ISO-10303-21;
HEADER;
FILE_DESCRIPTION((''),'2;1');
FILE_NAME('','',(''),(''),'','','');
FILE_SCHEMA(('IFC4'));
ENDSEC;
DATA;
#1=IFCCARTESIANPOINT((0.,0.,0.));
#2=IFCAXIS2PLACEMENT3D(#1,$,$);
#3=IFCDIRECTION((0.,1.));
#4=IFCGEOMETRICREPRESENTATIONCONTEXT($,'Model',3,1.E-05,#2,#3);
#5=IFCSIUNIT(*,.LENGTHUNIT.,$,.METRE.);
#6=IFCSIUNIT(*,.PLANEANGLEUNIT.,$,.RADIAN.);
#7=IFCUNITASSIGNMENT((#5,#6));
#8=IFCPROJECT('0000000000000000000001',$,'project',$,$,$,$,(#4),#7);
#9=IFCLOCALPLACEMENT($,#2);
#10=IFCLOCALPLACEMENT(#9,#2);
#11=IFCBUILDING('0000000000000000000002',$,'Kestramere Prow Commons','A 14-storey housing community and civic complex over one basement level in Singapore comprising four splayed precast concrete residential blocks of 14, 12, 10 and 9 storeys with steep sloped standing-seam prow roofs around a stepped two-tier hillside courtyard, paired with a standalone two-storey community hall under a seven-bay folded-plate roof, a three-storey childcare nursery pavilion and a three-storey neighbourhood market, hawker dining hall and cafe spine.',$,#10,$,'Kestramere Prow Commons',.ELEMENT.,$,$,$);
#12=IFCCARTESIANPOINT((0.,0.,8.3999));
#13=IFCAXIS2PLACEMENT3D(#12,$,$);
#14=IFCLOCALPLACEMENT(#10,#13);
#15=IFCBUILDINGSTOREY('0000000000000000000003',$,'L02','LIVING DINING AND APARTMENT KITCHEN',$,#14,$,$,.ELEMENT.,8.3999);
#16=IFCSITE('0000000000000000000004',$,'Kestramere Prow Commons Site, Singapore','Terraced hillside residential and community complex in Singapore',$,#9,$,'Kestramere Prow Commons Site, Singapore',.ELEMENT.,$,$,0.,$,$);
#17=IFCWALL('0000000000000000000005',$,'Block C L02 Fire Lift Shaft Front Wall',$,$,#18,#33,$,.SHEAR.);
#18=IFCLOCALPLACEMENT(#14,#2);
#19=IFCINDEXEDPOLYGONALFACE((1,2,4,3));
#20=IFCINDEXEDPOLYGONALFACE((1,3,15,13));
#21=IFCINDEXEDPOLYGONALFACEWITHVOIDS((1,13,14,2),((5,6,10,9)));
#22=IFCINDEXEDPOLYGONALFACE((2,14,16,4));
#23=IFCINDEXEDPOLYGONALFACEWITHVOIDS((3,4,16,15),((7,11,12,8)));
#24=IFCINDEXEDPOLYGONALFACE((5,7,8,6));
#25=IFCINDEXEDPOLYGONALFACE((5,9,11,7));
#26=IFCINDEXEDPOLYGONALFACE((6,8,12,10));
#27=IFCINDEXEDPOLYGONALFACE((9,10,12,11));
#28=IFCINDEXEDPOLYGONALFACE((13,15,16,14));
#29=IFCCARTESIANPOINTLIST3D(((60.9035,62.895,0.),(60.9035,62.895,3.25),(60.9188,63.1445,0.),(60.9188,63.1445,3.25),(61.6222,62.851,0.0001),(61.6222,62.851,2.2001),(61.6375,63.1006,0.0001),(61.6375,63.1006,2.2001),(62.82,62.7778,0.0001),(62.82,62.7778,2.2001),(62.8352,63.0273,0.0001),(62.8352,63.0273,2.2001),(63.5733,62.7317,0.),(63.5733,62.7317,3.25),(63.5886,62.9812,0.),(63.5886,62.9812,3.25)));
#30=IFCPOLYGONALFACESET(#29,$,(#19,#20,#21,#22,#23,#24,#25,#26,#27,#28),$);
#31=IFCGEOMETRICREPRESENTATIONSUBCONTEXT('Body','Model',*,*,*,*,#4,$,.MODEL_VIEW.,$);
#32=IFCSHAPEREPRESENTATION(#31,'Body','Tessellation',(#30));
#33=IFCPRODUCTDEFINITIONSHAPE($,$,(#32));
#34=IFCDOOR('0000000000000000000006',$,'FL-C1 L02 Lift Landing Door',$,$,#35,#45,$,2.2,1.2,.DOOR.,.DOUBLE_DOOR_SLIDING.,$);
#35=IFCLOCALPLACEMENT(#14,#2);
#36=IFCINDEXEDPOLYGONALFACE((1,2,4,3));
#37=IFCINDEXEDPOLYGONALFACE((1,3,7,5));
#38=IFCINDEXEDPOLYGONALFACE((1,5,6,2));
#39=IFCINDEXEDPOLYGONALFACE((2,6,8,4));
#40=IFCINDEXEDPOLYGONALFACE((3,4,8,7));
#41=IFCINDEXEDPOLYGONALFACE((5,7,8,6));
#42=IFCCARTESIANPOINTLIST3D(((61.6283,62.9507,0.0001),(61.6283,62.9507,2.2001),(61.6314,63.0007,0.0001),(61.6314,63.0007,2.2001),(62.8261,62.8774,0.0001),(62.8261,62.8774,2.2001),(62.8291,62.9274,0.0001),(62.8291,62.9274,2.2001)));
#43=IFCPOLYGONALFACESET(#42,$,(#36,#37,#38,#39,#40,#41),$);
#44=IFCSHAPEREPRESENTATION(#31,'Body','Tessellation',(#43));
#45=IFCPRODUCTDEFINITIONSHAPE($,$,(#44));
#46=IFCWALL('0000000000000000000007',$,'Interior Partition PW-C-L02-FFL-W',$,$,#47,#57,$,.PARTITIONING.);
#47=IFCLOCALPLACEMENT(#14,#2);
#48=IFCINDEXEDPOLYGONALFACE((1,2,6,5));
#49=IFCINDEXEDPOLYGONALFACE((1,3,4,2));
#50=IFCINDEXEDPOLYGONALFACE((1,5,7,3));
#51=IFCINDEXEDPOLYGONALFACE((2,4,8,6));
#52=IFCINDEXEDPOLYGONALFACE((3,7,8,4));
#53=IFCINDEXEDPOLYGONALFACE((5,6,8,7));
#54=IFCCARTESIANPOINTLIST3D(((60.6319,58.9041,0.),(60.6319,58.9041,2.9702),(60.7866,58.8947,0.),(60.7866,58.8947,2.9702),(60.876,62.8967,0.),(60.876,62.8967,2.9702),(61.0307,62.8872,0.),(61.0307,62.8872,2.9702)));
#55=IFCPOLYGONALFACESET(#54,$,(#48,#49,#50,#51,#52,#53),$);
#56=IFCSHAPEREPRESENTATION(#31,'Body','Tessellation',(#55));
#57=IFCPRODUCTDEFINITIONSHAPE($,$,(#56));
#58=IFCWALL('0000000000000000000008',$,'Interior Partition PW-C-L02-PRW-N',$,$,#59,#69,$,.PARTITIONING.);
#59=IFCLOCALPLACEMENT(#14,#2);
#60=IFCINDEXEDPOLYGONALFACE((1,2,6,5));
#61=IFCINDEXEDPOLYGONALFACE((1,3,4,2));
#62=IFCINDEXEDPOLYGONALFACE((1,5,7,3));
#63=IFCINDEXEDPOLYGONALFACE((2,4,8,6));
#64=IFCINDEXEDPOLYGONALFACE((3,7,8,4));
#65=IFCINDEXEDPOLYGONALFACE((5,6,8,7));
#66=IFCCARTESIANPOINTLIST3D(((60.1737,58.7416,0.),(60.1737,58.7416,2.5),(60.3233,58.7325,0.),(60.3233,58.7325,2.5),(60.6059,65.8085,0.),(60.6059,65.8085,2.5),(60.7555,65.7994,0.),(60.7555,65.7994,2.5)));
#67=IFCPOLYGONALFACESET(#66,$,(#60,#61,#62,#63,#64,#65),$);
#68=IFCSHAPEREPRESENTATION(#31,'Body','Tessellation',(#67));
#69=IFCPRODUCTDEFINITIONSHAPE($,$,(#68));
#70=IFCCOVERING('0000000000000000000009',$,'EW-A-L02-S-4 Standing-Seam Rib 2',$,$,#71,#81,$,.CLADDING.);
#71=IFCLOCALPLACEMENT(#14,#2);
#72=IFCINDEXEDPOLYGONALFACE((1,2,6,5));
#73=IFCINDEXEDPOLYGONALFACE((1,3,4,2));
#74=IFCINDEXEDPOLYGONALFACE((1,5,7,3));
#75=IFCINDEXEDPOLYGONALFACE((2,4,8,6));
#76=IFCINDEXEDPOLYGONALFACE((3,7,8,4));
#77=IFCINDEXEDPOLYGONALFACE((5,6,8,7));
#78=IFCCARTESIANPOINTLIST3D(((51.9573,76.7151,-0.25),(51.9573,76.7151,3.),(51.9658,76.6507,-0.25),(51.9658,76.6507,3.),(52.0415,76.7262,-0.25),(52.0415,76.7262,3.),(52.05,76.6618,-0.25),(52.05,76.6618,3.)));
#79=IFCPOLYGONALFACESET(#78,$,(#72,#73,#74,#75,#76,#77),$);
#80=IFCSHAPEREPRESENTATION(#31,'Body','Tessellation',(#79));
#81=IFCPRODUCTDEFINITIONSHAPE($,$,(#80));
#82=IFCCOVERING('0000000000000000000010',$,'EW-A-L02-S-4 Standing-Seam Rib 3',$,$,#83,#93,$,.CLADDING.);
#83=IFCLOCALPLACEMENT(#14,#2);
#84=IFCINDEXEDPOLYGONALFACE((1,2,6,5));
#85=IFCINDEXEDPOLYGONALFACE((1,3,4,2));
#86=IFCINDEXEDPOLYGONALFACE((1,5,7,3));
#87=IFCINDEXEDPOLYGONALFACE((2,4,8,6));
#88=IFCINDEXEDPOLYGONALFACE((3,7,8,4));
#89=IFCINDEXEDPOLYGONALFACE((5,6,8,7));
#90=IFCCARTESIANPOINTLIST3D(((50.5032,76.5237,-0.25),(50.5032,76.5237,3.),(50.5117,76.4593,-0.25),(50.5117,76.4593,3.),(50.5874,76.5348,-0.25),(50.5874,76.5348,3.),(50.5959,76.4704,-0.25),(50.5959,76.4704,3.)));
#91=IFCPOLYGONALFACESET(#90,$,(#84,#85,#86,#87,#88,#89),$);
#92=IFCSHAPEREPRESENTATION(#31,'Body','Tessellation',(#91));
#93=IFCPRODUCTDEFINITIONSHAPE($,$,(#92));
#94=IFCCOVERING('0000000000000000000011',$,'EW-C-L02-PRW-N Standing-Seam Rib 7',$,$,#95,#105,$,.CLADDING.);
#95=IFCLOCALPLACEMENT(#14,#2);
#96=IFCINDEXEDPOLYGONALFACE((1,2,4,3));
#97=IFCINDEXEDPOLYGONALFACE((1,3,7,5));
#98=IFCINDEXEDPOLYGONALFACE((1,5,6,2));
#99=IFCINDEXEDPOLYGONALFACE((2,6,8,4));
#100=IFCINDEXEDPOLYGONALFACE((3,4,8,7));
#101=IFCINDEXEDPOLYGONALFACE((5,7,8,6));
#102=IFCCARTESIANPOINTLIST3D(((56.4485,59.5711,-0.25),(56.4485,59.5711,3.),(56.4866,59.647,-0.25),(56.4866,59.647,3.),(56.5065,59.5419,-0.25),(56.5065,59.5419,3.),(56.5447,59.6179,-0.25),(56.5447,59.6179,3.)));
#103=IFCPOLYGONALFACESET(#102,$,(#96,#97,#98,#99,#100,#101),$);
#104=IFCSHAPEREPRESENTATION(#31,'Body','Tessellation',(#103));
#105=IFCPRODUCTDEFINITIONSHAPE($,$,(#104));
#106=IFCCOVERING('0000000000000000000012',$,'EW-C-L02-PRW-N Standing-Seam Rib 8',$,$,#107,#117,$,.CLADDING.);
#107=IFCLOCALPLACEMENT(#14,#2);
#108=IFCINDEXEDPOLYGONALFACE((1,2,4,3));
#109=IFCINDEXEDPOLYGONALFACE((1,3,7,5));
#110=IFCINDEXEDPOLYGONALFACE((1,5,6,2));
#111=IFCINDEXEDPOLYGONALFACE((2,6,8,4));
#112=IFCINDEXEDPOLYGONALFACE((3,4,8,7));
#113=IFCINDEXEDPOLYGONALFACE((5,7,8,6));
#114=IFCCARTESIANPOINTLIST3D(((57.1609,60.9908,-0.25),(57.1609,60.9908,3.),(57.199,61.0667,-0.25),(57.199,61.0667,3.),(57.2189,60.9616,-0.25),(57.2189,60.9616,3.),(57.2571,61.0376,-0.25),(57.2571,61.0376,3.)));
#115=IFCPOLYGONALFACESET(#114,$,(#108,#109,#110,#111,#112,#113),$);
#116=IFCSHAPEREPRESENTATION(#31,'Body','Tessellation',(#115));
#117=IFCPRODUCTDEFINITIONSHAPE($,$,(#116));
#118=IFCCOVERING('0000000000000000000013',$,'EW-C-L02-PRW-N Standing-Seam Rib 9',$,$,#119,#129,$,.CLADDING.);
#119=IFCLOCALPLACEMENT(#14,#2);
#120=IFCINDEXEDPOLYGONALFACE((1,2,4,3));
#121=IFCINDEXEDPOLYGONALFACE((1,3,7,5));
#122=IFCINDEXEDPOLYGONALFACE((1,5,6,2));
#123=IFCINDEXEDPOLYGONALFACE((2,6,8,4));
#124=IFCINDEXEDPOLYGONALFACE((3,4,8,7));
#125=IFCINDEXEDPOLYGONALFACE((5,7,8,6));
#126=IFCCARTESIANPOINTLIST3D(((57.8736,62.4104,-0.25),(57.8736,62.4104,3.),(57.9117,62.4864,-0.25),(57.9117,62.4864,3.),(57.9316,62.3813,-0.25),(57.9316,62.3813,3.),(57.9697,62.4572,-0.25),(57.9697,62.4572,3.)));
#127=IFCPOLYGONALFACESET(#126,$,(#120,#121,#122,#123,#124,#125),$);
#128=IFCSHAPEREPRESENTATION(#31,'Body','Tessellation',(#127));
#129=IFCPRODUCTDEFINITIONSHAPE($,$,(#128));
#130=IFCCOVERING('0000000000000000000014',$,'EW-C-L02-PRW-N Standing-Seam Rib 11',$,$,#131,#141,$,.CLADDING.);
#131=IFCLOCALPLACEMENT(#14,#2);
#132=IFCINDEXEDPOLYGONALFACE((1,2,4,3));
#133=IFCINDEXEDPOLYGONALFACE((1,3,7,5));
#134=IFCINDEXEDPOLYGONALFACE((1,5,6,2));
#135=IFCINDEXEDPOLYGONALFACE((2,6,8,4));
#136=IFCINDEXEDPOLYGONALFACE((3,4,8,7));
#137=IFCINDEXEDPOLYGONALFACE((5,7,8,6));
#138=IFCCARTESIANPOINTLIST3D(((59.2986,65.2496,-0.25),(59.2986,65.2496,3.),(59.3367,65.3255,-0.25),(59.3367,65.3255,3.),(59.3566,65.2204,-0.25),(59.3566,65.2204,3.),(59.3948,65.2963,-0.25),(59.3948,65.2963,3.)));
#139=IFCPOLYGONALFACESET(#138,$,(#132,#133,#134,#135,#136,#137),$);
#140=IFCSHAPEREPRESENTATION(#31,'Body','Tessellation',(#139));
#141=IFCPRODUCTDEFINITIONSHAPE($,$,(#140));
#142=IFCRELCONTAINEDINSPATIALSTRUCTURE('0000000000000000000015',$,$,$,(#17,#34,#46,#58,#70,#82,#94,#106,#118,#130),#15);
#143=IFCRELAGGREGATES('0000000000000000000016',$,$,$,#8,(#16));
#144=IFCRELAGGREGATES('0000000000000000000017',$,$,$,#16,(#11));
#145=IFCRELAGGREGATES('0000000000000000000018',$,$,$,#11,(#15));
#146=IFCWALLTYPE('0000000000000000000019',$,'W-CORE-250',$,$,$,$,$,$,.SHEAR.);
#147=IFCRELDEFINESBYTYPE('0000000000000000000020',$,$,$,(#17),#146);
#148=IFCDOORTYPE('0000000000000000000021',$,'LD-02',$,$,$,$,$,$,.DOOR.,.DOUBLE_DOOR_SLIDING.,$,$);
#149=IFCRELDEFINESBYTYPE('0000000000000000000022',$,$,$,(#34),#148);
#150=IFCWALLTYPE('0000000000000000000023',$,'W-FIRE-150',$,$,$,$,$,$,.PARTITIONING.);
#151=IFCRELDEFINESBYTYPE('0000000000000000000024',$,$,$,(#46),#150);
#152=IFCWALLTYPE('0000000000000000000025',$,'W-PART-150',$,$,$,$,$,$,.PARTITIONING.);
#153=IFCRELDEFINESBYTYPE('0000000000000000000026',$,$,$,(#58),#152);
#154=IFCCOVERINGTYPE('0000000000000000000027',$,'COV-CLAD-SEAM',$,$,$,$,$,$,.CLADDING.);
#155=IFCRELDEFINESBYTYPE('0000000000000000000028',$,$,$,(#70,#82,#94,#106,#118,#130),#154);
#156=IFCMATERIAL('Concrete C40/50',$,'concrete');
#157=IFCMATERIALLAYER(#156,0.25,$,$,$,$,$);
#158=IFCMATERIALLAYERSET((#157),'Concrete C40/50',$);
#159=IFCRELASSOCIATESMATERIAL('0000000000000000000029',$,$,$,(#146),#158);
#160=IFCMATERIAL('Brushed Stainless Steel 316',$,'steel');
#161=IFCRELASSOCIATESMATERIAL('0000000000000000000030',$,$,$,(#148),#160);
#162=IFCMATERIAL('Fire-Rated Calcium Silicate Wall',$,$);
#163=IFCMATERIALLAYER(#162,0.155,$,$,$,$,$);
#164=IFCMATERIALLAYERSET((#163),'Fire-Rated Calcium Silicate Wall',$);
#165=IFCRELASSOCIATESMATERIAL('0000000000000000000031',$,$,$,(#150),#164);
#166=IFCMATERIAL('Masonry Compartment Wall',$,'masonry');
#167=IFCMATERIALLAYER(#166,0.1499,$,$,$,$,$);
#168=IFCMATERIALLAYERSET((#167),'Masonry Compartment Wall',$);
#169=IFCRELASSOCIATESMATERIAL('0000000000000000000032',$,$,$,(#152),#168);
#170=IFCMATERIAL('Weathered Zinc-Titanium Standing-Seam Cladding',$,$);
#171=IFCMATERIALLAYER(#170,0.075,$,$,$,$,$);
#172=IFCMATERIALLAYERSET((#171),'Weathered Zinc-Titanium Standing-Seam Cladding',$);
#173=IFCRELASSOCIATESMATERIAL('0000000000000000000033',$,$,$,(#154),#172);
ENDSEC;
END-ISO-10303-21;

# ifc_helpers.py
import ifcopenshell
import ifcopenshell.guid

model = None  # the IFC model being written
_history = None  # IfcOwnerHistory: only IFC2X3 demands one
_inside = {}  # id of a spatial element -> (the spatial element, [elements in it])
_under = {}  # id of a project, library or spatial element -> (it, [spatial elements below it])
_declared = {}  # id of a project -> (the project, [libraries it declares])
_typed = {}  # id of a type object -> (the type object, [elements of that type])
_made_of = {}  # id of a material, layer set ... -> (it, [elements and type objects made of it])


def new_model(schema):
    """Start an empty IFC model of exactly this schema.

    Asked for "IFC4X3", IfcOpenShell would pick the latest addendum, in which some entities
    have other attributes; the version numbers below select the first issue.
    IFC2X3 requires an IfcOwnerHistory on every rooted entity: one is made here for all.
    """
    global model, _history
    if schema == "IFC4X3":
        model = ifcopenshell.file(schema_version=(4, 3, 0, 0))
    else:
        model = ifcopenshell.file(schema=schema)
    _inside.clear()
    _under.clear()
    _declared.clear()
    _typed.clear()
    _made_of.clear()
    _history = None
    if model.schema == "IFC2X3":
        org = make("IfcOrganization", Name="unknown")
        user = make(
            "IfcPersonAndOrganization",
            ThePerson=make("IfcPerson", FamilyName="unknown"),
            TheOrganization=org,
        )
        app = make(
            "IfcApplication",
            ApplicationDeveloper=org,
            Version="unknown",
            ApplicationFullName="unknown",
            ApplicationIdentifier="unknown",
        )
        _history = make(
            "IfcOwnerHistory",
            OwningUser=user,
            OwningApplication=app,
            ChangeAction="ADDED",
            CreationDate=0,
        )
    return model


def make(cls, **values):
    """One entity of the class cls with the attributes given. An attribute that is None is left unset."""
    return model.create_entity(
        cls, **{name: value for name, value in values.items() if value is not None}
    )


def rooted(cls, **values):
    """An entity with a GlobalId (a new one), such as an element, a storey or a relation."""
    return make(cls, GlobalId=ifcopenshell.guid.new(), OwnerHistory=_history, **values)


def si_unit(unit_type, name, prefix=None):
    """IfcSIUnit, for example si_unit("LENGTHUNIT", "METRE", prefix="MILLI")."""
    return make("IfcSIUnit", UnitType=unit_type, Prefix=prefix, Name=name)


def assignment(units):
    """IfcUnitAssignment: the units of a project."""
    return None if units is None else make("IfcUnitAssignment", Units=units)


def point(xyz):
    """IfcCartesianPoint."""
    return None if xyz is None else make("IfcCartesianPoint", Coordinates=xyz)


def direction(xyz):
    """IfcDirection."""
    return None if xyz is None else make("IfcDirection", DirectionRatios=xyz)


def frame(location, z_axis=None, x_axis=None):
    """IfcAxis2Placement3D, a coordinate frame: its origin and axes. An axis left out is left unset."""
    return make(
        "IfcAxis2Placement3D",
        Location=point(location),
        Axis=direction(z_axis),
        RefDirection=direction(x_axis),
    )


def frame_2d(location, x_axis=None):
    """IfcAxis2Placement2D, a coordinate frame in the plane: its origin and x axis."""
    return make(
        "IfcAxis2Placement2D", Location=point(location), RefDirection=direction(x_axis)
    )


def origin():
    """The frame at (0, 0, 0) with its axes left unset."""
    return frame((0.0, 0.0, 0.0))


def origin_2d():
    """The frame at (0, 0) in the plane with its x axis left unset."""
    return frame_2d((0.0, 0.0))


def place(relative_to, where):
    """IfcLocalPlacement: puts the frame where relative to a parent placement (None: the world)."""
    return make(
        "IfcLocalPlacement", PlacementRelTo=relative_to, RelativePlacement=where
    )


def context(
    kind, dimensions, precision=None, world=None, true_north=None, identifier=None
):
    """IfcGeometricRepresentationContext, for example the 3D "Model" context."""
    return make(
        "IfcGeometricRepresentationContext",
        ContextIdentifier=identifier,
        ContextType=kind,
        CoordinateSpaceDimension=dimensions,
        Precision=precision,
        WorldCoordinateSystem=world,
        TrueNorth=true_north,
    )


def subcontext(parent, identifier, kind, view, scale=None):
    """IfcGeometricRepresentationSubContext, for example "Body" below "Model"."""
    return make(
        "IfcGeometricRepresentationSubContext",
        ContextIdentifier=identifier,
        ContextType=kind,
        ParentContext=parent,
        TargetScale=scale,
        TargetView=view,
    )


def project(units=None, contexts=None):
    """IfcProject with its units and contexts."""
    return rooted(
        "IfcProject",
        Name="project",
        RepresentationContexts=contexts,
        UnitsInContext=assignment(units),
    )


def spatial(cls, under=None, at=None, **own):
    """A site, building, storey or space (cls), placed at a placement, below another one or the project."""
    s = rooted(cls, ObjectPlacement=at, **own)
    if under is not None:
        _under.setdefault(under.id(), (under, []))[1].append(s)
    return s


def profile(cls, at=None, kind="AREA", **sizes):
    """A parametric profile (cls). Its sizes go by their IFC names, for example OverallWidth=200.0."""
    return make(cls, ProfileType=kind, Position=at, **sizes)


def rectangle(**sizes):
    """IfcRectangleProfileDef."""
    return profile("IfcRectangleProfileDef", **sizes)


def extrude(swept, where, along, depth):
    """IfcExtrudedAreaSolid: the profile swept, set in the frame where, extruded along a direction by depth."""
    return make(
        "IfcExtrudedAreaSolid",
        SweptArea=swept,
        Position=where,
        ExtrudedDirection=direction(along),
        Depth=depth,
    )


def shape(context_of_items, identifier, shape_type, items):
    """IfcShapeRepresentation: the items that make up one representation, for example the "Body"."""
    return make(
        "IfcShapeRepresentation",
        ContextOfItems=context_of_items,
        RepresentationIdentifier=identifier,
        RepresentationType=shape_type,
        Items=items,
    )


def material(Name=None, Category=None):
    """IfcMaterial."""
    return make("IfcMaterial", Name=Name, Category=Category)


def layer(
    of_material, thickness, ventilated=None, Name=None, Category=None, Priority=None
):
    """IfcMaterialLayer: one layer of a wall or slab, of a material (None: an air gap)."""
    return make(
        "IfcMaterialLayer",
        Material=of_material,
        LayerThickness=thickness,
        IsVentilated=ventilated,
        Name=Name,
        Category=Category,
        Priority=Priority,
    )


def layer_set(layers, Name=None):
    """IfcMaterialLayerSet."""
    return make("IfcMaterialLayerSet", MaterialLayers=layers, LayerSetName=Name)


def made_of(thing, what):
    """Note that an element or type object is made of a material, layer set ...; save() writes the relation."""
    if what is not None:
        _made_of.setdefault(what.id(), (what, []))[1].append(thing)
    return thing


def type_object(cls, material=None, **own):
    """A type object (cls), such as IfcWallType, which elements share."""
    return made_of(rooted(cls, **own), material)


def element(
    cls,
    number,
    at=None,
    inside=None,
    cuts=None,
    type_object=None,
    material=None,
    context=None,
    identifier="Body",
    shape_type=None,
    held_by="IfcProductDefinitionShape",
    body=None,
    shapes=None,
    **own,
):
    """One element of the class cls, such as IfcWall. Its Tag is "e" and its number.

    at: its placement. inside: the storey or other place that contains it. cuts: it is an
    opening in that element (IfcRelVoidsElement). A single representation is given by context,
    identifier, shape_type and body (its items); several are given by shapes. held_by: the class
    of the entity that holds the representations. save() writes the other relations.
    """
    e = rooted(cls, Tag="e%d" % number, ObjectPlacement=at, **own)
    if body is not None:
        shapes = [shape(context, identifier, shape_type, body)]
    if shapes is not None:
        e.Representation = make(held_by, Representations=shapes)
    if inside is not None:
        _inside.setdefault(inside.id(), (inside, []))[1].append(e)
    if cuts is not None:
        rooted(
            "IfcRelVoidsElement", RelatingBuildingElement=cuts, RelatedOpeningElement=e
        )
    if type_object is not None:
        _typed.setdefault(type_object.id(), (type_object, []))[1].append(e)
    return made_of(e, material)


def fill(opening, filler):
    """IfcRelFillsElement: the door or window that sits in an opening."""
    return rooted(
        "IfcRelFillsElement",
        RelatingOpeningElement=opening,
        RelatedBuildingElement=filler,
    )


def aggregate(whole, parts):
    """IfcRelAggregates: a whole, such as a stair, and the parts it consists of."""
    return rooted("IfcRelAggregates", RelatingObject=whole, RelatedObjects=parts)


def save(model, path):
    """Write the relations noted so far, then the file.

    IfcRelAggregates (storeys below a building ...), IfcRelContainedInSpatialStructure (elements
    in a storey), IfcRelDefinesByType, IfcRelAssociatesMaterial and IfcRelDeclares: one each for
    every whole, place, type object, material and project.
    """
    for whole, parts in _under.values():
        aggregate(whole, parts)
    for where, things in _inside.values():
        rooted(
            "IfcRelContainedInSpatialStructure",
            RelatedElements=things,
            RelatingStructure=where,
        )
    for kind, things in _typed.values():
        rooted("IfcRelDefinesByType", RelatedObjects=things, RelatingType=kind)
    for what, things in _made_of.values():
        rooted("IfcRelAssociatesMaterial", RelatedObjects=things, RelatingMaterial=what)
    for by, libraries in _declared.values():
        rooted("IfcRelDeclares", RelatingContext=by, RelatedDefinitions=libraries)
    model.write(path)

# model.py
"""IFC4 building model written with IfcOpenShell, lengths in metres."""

from ifc_helpers import new_model, si_unit, direction, frame, frame_2d, origin, origin_2d, place, context, subcontext, project, spatial, rectangle, extrude, material, layer, layer_set, type_object, element, fill, save


model = new_model("IFC4")

# Units and contexts
model_context = context("Model", 3, precision=1e-05, world=origin(), true_north=direction((0.0, 1.0)))
body_context = subcontext(model_context, "Body", "Model", "MODEL_VIEW")
ifc_project = project(units=[si_unit("LENGTHUNIT", "METRE"), si_unit("PLANEANGLEUNIT", "RADIAN")], contexts=[model_context])

# Site, building, storey
site_placement = place(None, origin())
site = spatial("IfcSite", under=ifc_project, at=site_placement, Name="Kestramere Prow Commons Site, Singapore", Description="Terraced hillside residential and community complex in Singapore", LongName="Kestramere Prow Commons Site, Singapore", CompositionType="ELEMENT", RefElevation=0.0)
building_placement = place(site_placement, origin())
building = spatial("IfcBuilding", under=site, at=building_placement, Name="Kestramere Prow Commons", Description="A 14-storey housing community and civic complex over one basement level in Singapore comprising four splayed precast concrete residential blocks of 14, 12, 10 and 9 storeys with steep sloped standing-seam prow roofs around a stepped two-tier hillside courtyard, paired with a standalone two-storey community hall under a seven-bay folded-plate roof, a three-storey childcare nursery pavilion and a three-storey neighbourhood market, hawker dining hall and cafe spine.", LongName="Kestramere Prow Commons", CompositionType="ELEMENT")
storey_placement = place(building_placement, frame((0.0, 0.0, 8.3999)))
storey = spatial("IfcBuildingStorey", under=building, at=storey_placement, Name="L02", Description="LIVING DINING AND APARTMENT KITCHEN", CompositionType="ELEMENT", Elevation=8.3999)

# Wall, opening, door
ifc_material_1 = material(Name="Concrete C40/50", Category="concrete")
ifc_layer_1 = layer(ifc_material_1, 0.25)
ifc_layer_set_1 = layer_set([ifc_layer_1], Name="Concrete C40/50")
wall_type_1 = type_object("IfcWallType", Name="W-CORE-250", PredefinedType="SHEAR", material=ifc_layer_set_1)
wall_1_placement = place(storey_placement, frame((60.9111, 63.0198, 0.0), z_axis=(0.0, 0.0, 1.0), x_axis=(0.998134, -0.06106, 0.0)))
wall_1 = element("IfcWall", 1, at=wall_1_placement, inside=storey, type_object=wall_type_1, Name="Block C L02 Fire Lift Shaft Front Wall", PredefinedType="SHEAR", context=body_context, shape_type="SweptSolid", body=[
    extrude(rectangle(XDim=2.6748, YDim=0.25, at=frame_2d((1.3374, 0.0))), origin(), (0.0, 0.0, 1.0), 3.25),
])
opening_1_placement = place(wall_1_placement, frame((0.72, 0.0, 0.0)))
opening_1 = element("IfcOpeningElement", 2, at=opening_1_placement, cuts=wall_1, PredefinedType="OPENING", context=body_context, shape_type="SweptSolid", body=[
    extrude(rectangle(XDim=1.2, YDim=2.2, at=frame_2d((0.6001, 1.1001))), frame((0.0, 0.1399, 0.0), z_axis=(0.0, -1.0, 0.0), x_axis=(1.0, 0.0, 0.0)), (0.0, 0.0, 1.0), 0.28),
])
ifc_material_2 = material(Name="Brushed Stainless Steel 316", Category="steel")
door_type_1 = type_object("IfcDoorType", Name="LD-02", OperationType="DOUBLE_DOOR_SLIDING", PredefinedType="DOOR", material=ifc_material_2)
door_1_placement = place(opening_1_placement, origin())
door_1 = element("IfcDoor", 3, at=door_1_placement, inside=storey, type_object=door_type_1, Name="FL-C1 L02 Lift Landing Door", OperationType="DOUBLE_DOOR_SLIDING", OverallHeight=2.2, OverallWidth=1.2, PredefinedType="DOOR", context=body_context, shape_type="SweptSolid", body=[
    extrude(rectangle(XDim=1.2, YDim=2.2, at=frame_2d((0.6001, 1.1001))), frame((0.0, 0.0249, 0.0), z_axis=(0.0, -1.0, 0.0), x_axis=(1.0, 0.0, 0.0)), (0.0, 0.0, 1.0), 0.05),
])
fill(opening_1, door_1)
ifc_material_3 = material(Name="Fire-Rated Calcium Silicate Wall")
ifc_layer_2 = layer(ifc_material_3, 0.155)
ifc_layer_set_2 = layer_set([ifc_layer_2], Name="Fire-Rated Calcium Silicate Wall")
wall_type_2 = type_object("IfcWallType", Name="W-FIRE-150", PredefinedType="PARTITIONING", material=ifc_layer_set_2)

# Walls
wall_2_placement = place(storey_placement, frame((60.7092, 58.8994, 0.0), z_axis=(0.0, 0.0, 1.0), x_axis=(0.061037, 0.998136, 0.0)))
element("IfcWall", 4, at=wall_2_placement, inside=storey, type_object=wall_type_2, Name="Interior Partition PW-C-L02-FFL-W", PredefinedType="PARTITIONING", context=body_context, shape_type="SweptSolid", body=[
    extrude(rectangle(XDim=4.0, YDim=0.155, at=frame_2d((2.0, 0.0))), origin(), (0.0, 0.0, 1.0), 2.9702),
])
ifc_material_4 = material(Name="Masonry Compartment Wall", Category="masonry")
ifc_layer_3 = layer(ifc_material_4, 0.1499)
ifc_layer_set_3 = layer_set([ifc_layer_3], Name="Masonry Compartment Wall")
wall_type_3 = type_object("IfcWallType", Name="W-PART-150", PredefinedType="PARTITIONING", material=ifc_layer_set_3)
wall_3_placement = place(storey_placement, frame((60.2485, 58.7371, 0.0), z_axis=(0.0, 0.0, 1.0), x_axis=(0.061034, 0.998136, 0.0)))
element("IfcWall", 5, at=wall_3_placement, inside=storey, type_object=wall_type_3, Name="Interior Partition PW-C-L02-PRW-N", PredefinedType="PARTITIONING", context=body_context, shape_type="SweptSolid", body=[
    extrude(rectangle(XDim=7.0801, YDim=0.1499, at=frame_2d((3.54, 0.0))), origin(), (0.0, 0.0, 1.0), 2.5),
])

# Coverings
ifc_material_5 = material(Name="Weathered Zinc-Titanium Standing-Seam Cladding")
ifc_layer_4 = layer(ifc_material_5, 0.075)
ifc_layer_set_4 = layer_set([ifc_layer_4], Name="Weathered Zinc-Titanium Standing-Seam Cladding")
covering_type = type_object("IfcCoveringType", Name="COV-CLAD-SEAM", PredefinedType="CLADDING", material=ifc_layer_set_4)
for number, where, z_axis, x_axis, name in (
    (6, (52.0037, 76.6885, -0.25), (0.0, 0.0, 1.0), (-0.991445, -0.130526, 0.0), "EW-A-L02-S-4 Standing-Seam Rib 2"),
    (7, (50.5496, 76.4971, -0.25), (0.0, 0.0, 1.0), (-0.991445, -0.130526, 0.0), "EW-A-L02-S-4 Standing-Seam Rib 3"),
    (8, (56.4966, 59.5945, -0.25), (0.0, 0.0, 1.0), (0.44862, 0.893722, 0.0), "EW-C-L02-PRW-N Standing-Seam Rib 7"),
    (9, (57.209, 61.0142, -0.25), (0.0, 0.0, 1.0), (0.44862, 0.893722, 0.0), "EW-C-L02-PRW-N Standing-Seam Rib 8"),
    (10, (57.9216, 62.4338, -0.25), (0.0, 0.0, 1.0), (0.44862, 0.893722, 0.0), "EW-C-L02-PRW-N Standing-Seam Rib 9"),
    (11, (59.3467, 65.2729, -0.25), (0.0, 0.0, 1.0), (0.44862, 0.893722, 0.0), "EW-C-L02-PRW-N Standing-Seam Rib 11"),
):
    element("IfcCovering", number, at=place(storey_placement, frame(where, z_axis=z_axis, x_axis=x_axis)), inside=storey, type_object=covering_type, Name=name, PredefinedType="CLADDING", context=body_context, shape_type="SweptSolid", body=[
        extrude(rectangle(XDim=0.085, YDim=0.0649, at=origin_2d()), origin(), (0.0, 0.0, 1.0), 3.25),
    ])

save(model, "model.ifc")
